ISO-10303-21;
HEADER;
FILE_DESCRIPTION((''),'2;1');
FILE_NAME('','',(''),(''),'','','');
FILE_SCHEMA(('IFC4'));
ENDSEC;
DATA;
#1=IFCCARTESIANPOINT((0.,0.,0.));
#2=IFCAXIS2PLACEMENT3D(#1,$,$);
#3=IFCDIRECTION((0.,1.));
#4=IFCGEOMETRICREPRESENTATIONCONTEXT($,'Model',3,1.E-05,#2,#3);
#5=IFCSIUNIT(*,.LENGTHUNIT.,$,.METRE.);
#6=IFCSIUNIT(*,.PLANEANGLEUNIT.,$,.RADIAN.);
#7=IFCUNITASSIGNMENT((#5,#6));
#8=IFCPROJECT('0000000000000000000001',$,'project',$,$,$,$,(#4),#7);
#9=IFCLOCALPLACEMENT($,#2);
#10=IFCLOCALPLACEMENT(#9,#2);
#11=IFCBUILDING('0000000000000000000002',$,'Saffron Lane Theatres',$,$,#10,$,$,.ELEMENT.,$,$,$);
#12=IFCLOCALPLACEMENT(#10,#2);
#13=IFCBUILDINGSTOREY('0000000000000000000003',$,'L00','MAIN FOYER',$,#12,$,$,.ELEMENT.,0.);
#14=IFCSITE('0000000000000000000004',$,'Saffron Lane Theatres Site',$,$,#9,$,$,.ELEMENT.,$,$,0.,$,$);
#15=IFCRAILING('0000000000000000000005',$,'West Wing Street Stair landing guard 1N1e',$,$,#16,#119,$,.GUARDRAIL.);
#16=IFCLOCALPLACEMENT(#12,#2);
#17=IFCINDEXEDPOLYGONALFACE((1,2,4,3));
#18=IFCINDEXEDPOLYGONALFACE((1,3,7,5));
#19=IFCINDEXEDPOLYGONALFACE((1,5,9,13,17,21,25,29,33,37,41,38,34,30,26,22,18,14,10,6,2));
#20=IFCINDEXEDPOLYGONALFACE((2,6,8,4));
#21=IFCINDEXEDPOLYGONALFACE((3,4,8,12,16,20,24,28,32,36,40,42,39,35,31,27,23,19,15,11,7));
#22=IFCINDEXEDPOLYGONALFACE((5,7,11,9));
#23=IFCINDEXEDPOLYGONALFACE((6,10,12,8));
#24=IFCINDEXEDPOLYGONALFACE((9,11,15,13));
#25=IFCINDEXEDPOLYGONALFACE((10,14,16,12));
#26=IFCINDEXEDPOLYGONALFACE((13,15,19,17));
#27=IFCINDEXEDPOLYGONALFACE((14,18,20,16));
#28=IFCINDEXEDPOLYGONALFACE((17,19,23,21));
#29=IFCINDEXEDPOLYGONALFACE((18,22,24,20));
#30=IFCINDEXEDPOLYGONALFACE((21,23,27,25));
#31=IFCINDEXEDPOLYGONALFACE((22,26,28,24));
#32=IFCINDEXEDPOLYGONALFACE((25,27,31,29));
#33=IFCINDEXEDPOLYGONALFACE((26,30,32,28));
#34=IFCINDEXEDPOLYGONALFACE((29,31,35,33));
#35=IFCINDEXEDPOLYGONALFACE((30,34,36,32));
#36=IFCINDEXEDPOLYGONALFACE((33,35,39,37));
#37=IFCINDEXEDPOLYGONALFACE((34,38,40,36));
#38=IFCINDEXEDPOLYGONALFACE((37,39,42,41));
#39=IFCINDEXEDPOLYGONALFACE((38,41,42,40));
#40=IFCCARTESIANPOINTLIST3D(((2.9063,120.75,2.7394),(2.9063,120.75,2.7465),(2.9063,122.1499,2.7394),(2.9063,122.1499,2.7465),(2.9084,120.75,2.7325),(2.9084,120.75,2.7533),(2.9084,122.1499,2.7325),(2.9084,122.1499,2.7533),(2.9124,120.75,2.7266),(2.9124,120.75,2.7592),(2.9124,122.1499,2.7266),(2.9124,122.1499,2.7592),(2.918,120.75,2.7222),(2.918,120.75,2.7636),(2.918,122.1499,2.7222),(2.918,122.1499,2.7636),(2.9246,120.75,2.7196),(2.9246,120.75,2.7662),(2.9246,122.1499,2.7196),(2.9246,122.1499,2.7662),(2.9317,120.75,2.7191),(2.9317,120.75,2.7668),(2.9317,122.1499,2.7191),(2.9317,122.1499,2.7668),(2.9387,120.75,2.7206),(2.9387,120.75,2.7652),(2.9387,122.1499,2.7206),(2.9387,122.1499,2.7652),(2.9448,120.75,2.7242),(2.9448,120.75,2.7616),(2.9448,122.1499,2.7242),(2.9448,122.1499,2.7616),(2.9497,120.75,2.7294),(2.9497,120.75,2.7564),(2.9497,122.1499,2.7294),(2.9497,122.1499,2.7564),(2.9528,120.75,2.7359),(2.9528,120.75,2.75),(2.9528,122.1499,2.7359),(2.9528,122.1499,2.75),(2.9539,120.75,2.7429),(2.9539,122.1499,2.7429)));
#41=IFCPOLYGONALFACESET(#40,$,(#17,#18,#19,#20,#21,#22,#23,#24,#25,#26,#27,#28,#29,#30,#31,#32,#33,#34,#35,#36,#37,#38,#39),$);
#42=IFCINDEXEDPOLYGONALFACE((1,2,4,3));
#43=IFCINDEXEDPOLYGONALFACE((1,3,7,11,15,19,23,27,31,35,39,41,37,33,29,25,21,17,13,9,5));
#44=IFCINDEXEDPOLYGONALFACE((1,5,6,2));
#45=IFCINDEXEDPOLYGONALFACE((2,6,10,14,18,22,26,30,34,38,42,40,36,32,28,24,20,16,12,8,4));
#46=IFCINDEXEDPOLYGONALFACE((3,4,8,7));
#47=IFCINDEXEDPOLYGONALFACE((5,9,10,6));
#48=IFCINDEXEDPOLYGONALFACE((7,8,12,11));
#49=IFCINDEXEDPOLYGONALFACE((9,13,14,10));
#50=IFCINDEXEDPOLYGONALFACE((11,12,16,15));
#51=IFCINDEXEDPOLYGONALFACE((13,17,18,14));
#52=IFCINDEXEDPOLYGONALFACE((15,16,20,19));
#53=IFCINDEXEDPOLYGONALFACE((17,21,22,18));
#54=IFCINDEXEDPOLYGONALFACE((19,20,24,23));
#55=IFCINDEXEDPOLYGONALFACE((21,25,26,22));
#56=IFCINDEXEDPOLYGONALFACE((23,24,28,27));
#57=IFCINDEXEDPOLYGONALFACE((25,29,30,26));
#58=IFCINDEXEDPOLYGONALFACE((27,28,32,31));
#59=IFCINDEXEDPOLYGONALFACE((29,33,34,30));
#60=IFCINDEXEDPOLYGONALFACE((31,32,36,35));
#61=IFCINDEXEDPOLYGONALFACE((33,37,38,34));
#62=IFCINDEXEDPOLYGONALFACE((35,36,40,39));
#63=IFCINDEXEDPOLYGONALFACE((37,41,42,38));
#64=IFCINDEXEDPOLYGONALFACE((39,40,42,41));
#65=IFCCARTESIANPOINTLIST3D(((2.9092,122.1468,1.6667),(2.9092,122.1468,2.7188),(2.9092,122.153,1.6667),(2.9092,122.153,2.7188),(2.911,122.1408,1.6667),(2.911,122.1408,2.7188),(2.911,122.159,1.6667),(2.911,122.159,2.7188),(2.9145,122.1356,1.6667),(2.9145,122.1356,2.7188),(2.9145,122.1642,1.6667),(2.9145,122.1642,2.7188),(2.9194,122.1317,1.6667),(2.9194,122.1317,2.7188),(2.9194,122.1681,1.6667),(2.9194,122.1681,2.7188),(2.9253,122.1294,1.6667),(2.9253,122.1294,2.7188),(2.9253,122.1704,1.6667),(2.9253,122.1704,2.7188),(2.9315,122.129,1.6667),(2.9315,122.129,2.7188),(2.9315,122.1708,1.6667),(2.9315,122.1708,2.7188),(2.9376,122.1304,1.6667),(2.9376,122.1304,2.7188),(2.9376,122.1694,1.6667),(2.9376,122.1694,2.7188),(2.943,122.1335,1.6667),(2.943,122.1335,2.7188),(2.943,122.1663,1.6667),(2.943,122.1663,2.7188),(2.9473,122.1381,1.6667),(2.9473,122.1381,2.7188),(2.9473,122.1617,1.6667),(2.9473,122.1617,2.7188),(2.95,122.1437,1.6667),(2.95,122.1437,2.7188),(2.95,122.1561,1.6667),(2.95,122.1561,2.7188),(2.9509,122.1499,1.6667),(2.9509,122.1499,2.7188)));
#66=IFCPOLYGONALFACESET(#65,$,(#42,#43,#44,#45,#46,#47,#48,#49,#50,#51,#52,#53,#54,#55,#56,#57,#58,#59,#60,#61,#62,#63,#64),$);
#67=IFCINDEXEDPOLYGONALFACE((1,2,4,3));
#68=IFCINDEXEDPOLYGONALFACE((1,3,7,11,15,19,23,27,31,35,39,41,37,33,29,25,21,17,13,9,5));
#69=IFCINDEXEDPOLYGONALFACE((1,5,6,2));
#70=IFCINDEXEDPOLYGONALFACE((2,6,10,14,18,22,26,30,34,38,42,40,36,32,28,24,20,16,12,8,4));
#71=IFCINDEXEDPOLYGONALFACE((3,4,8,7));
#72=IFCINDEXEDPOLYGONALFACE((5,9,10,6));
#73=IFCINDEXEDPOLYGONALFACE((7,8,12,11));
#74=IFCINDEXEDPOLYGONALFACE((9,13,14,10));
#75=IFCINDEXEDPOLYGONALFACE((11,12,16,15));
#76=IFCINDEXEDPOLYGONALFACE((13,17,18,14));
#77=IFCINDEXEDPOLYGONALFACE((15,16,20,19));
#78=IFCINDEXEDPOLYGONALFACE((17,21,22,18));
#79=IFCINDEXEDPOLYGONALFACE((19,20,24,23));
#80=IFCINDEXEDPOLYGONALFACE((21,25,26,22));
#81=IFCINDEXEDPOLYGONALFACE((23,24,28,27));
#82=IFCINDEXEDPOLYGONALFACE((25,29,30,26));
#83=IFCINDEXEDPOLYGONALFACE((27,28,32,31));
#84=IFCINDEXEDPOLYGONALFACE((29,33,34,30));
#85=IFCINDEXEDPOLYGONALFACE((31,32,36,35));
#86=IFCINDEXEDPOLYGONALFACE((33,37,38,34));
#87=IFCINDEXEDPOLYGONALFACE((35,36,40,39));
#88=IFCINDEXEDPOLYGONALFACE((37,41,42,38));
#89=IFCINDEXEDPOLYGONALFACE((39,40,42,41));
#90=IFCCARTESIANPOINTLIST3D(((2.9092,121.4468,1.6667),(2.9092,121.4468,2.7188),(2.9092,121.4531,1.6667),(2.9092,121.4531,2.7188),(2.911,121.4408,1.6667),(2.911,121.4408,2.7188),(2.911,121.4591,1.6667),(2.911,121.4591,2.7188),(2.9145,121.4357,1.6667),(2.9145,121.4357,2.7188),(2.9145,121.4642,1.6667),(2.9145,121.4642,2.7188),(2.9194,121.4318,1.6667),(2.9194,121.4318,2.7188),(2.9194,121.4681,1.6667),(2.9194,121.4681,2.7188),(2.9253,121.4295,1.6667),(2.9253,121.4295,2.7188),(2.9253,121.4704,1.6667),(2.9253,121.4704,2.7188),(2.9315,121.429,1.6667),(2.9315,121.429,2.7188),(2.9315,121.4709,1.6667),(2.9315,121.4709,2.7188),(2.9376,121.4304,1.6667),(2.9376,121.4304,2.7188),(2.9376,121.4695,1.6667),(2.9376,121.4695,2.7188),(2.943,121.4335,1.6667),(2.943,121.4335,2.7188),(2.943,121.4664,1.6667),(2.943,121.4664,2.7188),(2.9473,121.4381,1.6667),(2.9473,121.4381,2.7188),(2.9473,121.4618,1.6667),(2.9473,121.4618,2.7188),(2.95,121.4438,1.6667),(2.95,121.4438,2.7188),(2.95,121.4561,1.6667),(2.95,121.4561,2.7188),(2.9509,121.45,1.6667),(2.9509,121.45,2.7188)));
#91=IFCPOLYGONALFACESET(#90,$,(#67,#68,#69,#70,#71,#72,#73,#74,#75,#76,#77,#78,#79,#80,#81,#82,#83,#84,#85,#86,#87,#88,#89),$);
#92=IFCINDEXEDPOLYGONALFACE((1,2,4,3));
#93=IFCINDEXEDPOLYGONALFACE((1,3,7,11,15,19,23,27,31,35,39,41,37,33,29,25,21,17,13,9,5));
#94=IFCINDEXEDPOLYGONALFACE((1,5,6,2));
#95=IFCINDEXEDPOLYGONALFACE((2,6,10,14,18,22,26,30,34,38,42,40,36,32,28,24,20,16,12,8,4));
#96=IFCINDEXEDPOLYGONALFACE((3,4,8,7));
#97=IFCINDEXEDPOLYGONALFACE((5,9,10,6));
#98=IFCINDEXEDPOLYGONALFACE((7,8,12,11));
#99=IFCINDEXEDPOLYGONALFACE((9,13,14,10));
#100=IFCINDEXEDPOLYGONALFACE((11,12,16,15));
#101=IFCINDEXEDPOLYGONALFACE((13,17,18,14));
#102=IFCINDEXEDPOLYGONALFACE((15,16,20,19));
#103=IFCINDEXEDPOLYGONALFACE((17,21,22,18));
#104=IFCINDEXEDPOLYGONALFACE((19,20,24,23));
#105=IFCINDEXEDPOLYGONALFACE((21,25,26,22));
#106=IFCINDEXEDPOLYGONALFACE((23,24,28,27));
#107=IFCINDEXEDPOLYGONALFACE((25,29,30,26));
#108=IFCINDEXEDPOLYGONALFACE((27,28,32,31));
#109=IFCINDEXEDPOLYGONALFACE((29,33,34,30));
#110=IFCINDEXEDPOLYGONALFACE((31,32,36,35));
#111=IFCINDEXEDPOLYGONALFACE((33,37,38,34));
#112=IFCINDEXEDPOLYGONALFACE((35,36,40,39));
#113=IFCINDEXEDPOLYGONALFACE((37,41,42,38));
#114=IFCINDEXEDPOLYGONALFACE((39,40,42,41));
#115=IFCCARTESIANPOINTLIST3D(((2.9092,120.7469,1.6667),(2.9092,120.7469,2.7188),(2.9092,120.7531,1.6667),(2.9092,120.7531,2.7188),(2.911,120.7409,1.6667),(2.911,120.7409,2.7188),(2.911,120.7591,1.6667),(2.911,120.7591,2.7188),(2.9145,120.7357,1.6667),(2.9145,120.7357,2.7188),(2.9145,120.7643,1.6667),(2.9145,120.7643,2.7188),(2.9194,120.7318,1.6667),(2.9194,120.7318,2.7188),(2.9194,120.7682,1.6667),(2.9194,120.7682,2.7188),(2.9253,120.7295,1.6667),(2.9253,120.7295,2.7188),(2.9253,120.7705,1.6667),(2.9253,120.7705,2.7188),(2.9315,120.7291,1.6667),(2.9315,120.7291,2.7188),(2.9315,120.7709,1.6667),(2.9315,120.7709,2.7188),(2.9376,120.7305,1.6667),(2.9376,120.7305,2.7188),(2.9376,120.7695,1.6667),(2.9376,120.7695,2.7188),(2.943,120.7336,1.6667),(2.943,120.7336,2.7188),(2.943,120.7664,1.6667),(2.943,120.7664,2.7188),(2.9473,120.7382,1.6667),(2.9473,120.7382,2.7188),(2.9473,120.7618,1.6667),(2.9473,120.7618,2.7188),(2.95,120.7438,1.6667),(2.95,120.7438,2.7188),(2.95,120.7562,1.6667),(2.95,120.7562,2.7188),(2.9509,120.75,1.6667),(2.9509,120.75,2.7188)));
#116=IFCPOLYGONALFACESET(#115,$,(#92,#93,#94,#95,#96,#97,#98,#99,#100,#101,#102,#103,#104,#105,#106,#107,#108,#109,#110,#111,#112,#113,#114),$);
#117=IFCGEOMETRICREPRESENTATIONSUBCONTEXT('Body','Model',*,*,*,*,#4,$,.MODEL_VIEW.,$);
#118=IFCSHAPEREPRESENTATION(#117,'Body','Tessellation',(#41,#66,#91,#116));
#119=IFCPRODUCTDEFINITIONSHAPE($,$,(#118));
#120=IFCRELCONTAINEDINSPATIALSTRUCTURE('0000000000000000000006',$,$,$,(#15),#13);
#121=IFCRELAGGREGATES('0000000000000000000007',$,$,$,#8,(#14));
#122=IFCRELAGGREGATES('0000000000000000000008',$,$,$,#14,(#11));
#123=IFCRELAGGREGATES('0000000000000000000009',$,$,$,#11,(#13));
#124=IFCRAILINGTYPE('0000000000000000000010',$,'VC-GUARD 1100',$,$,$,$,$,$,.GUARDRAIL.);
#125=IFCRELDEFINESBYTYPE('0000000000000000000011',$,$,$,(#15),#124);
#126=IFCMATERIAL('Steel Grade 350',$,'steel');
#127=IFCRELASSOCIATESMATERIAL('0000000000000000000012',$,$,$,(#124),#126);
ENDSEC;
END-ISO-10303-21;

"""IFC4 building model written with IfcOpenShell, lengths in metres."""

from ifc_helpers import new_model, si_unit, direction, frame, origin, origin_2d, place, context, subcontext, project, spatial, circle, extrude, material, type_object, element, save


model = new_model("IFC4")

# Units and contexts
model_context = context("Model", 3, precision=1e-05, world=origin(), true_north=direction((0.0, 1.0)))
body_context = subcontext(model_context, "Body", "Model", "MODEL_VIEW")
ifc_project = project(units=[si_unit("LENGTHUNIT", "METRE"), si_unit("PLANEANGLEUNIT", "RADIAN")], contexts=[model_context])

# Site, building, storey
site_placement = place(None, origin())
site = spatial("IfcSite", under=ifc_project, at=site_placement, Name="Saffron Lane Theatres Site", CompositionType="ELEMENT", RefElevation=0.0)
building_placement = place(site_placement, origin())
building = spatial("IfcBuilding", under=site, at=building_placement, Name="Saffron Lane Theatres", CompositionType="ELEMENT")
storey_placement = place(building_placement, origin())
storey = spatial("IfcBuildingStorey", under=building, at=storey_placement, Name="L00", Description="MAIN FOYER", CompositionType="ELEMENT", Elevation=0.0)

# Railing
ifc_material_1 = material(Name="Steel Grade 350", Category="steel")
railing_type_1 = type_object("IfcRailingType", Name="VC-GUARD 1100", PredefinedType="GUARDRAIL", material=ifc_material_1)
railing_1_placement = place(storey_placement, frame((2.9299, 122.1499, 1.6667)))
element("IfcRailing", 1, at=railing_1_placement, inside=storey, type_object=railing_type_1, Name="West Wing Street Stair landing guard 1N1e", PredefinedType="GUARDRAIL", context=body_context, shape_type="SweptSolid", body=[
    extrude(circle(Radius=0.0239, at=origin_2d()), frame((0.0, 0.0, 1.0762), z_axis=(0.0, -1.0, 0.0), x_axis=(1.0, 0.0, 0.0)), (0.0, 0.0, 1.0), 1.3999),
    extrude(circle(Radius=0.021, at=origin_2d()), origin(), (0.0, 0.0, 1.0), 1.052),
    extrude(circle(Radius=0.021, at=origin_2d()), frame((0.0, -0.7, 0.0)), (0.0, 0.0, 1.0), 1.052),
    extrude(circle(Radius=0.021, at=origin_2d()), frame((0.0, -1.3999, 0.0)), (0.0, 0.0, 1.0), 1.052),
])

save(model, "model.ifc")
